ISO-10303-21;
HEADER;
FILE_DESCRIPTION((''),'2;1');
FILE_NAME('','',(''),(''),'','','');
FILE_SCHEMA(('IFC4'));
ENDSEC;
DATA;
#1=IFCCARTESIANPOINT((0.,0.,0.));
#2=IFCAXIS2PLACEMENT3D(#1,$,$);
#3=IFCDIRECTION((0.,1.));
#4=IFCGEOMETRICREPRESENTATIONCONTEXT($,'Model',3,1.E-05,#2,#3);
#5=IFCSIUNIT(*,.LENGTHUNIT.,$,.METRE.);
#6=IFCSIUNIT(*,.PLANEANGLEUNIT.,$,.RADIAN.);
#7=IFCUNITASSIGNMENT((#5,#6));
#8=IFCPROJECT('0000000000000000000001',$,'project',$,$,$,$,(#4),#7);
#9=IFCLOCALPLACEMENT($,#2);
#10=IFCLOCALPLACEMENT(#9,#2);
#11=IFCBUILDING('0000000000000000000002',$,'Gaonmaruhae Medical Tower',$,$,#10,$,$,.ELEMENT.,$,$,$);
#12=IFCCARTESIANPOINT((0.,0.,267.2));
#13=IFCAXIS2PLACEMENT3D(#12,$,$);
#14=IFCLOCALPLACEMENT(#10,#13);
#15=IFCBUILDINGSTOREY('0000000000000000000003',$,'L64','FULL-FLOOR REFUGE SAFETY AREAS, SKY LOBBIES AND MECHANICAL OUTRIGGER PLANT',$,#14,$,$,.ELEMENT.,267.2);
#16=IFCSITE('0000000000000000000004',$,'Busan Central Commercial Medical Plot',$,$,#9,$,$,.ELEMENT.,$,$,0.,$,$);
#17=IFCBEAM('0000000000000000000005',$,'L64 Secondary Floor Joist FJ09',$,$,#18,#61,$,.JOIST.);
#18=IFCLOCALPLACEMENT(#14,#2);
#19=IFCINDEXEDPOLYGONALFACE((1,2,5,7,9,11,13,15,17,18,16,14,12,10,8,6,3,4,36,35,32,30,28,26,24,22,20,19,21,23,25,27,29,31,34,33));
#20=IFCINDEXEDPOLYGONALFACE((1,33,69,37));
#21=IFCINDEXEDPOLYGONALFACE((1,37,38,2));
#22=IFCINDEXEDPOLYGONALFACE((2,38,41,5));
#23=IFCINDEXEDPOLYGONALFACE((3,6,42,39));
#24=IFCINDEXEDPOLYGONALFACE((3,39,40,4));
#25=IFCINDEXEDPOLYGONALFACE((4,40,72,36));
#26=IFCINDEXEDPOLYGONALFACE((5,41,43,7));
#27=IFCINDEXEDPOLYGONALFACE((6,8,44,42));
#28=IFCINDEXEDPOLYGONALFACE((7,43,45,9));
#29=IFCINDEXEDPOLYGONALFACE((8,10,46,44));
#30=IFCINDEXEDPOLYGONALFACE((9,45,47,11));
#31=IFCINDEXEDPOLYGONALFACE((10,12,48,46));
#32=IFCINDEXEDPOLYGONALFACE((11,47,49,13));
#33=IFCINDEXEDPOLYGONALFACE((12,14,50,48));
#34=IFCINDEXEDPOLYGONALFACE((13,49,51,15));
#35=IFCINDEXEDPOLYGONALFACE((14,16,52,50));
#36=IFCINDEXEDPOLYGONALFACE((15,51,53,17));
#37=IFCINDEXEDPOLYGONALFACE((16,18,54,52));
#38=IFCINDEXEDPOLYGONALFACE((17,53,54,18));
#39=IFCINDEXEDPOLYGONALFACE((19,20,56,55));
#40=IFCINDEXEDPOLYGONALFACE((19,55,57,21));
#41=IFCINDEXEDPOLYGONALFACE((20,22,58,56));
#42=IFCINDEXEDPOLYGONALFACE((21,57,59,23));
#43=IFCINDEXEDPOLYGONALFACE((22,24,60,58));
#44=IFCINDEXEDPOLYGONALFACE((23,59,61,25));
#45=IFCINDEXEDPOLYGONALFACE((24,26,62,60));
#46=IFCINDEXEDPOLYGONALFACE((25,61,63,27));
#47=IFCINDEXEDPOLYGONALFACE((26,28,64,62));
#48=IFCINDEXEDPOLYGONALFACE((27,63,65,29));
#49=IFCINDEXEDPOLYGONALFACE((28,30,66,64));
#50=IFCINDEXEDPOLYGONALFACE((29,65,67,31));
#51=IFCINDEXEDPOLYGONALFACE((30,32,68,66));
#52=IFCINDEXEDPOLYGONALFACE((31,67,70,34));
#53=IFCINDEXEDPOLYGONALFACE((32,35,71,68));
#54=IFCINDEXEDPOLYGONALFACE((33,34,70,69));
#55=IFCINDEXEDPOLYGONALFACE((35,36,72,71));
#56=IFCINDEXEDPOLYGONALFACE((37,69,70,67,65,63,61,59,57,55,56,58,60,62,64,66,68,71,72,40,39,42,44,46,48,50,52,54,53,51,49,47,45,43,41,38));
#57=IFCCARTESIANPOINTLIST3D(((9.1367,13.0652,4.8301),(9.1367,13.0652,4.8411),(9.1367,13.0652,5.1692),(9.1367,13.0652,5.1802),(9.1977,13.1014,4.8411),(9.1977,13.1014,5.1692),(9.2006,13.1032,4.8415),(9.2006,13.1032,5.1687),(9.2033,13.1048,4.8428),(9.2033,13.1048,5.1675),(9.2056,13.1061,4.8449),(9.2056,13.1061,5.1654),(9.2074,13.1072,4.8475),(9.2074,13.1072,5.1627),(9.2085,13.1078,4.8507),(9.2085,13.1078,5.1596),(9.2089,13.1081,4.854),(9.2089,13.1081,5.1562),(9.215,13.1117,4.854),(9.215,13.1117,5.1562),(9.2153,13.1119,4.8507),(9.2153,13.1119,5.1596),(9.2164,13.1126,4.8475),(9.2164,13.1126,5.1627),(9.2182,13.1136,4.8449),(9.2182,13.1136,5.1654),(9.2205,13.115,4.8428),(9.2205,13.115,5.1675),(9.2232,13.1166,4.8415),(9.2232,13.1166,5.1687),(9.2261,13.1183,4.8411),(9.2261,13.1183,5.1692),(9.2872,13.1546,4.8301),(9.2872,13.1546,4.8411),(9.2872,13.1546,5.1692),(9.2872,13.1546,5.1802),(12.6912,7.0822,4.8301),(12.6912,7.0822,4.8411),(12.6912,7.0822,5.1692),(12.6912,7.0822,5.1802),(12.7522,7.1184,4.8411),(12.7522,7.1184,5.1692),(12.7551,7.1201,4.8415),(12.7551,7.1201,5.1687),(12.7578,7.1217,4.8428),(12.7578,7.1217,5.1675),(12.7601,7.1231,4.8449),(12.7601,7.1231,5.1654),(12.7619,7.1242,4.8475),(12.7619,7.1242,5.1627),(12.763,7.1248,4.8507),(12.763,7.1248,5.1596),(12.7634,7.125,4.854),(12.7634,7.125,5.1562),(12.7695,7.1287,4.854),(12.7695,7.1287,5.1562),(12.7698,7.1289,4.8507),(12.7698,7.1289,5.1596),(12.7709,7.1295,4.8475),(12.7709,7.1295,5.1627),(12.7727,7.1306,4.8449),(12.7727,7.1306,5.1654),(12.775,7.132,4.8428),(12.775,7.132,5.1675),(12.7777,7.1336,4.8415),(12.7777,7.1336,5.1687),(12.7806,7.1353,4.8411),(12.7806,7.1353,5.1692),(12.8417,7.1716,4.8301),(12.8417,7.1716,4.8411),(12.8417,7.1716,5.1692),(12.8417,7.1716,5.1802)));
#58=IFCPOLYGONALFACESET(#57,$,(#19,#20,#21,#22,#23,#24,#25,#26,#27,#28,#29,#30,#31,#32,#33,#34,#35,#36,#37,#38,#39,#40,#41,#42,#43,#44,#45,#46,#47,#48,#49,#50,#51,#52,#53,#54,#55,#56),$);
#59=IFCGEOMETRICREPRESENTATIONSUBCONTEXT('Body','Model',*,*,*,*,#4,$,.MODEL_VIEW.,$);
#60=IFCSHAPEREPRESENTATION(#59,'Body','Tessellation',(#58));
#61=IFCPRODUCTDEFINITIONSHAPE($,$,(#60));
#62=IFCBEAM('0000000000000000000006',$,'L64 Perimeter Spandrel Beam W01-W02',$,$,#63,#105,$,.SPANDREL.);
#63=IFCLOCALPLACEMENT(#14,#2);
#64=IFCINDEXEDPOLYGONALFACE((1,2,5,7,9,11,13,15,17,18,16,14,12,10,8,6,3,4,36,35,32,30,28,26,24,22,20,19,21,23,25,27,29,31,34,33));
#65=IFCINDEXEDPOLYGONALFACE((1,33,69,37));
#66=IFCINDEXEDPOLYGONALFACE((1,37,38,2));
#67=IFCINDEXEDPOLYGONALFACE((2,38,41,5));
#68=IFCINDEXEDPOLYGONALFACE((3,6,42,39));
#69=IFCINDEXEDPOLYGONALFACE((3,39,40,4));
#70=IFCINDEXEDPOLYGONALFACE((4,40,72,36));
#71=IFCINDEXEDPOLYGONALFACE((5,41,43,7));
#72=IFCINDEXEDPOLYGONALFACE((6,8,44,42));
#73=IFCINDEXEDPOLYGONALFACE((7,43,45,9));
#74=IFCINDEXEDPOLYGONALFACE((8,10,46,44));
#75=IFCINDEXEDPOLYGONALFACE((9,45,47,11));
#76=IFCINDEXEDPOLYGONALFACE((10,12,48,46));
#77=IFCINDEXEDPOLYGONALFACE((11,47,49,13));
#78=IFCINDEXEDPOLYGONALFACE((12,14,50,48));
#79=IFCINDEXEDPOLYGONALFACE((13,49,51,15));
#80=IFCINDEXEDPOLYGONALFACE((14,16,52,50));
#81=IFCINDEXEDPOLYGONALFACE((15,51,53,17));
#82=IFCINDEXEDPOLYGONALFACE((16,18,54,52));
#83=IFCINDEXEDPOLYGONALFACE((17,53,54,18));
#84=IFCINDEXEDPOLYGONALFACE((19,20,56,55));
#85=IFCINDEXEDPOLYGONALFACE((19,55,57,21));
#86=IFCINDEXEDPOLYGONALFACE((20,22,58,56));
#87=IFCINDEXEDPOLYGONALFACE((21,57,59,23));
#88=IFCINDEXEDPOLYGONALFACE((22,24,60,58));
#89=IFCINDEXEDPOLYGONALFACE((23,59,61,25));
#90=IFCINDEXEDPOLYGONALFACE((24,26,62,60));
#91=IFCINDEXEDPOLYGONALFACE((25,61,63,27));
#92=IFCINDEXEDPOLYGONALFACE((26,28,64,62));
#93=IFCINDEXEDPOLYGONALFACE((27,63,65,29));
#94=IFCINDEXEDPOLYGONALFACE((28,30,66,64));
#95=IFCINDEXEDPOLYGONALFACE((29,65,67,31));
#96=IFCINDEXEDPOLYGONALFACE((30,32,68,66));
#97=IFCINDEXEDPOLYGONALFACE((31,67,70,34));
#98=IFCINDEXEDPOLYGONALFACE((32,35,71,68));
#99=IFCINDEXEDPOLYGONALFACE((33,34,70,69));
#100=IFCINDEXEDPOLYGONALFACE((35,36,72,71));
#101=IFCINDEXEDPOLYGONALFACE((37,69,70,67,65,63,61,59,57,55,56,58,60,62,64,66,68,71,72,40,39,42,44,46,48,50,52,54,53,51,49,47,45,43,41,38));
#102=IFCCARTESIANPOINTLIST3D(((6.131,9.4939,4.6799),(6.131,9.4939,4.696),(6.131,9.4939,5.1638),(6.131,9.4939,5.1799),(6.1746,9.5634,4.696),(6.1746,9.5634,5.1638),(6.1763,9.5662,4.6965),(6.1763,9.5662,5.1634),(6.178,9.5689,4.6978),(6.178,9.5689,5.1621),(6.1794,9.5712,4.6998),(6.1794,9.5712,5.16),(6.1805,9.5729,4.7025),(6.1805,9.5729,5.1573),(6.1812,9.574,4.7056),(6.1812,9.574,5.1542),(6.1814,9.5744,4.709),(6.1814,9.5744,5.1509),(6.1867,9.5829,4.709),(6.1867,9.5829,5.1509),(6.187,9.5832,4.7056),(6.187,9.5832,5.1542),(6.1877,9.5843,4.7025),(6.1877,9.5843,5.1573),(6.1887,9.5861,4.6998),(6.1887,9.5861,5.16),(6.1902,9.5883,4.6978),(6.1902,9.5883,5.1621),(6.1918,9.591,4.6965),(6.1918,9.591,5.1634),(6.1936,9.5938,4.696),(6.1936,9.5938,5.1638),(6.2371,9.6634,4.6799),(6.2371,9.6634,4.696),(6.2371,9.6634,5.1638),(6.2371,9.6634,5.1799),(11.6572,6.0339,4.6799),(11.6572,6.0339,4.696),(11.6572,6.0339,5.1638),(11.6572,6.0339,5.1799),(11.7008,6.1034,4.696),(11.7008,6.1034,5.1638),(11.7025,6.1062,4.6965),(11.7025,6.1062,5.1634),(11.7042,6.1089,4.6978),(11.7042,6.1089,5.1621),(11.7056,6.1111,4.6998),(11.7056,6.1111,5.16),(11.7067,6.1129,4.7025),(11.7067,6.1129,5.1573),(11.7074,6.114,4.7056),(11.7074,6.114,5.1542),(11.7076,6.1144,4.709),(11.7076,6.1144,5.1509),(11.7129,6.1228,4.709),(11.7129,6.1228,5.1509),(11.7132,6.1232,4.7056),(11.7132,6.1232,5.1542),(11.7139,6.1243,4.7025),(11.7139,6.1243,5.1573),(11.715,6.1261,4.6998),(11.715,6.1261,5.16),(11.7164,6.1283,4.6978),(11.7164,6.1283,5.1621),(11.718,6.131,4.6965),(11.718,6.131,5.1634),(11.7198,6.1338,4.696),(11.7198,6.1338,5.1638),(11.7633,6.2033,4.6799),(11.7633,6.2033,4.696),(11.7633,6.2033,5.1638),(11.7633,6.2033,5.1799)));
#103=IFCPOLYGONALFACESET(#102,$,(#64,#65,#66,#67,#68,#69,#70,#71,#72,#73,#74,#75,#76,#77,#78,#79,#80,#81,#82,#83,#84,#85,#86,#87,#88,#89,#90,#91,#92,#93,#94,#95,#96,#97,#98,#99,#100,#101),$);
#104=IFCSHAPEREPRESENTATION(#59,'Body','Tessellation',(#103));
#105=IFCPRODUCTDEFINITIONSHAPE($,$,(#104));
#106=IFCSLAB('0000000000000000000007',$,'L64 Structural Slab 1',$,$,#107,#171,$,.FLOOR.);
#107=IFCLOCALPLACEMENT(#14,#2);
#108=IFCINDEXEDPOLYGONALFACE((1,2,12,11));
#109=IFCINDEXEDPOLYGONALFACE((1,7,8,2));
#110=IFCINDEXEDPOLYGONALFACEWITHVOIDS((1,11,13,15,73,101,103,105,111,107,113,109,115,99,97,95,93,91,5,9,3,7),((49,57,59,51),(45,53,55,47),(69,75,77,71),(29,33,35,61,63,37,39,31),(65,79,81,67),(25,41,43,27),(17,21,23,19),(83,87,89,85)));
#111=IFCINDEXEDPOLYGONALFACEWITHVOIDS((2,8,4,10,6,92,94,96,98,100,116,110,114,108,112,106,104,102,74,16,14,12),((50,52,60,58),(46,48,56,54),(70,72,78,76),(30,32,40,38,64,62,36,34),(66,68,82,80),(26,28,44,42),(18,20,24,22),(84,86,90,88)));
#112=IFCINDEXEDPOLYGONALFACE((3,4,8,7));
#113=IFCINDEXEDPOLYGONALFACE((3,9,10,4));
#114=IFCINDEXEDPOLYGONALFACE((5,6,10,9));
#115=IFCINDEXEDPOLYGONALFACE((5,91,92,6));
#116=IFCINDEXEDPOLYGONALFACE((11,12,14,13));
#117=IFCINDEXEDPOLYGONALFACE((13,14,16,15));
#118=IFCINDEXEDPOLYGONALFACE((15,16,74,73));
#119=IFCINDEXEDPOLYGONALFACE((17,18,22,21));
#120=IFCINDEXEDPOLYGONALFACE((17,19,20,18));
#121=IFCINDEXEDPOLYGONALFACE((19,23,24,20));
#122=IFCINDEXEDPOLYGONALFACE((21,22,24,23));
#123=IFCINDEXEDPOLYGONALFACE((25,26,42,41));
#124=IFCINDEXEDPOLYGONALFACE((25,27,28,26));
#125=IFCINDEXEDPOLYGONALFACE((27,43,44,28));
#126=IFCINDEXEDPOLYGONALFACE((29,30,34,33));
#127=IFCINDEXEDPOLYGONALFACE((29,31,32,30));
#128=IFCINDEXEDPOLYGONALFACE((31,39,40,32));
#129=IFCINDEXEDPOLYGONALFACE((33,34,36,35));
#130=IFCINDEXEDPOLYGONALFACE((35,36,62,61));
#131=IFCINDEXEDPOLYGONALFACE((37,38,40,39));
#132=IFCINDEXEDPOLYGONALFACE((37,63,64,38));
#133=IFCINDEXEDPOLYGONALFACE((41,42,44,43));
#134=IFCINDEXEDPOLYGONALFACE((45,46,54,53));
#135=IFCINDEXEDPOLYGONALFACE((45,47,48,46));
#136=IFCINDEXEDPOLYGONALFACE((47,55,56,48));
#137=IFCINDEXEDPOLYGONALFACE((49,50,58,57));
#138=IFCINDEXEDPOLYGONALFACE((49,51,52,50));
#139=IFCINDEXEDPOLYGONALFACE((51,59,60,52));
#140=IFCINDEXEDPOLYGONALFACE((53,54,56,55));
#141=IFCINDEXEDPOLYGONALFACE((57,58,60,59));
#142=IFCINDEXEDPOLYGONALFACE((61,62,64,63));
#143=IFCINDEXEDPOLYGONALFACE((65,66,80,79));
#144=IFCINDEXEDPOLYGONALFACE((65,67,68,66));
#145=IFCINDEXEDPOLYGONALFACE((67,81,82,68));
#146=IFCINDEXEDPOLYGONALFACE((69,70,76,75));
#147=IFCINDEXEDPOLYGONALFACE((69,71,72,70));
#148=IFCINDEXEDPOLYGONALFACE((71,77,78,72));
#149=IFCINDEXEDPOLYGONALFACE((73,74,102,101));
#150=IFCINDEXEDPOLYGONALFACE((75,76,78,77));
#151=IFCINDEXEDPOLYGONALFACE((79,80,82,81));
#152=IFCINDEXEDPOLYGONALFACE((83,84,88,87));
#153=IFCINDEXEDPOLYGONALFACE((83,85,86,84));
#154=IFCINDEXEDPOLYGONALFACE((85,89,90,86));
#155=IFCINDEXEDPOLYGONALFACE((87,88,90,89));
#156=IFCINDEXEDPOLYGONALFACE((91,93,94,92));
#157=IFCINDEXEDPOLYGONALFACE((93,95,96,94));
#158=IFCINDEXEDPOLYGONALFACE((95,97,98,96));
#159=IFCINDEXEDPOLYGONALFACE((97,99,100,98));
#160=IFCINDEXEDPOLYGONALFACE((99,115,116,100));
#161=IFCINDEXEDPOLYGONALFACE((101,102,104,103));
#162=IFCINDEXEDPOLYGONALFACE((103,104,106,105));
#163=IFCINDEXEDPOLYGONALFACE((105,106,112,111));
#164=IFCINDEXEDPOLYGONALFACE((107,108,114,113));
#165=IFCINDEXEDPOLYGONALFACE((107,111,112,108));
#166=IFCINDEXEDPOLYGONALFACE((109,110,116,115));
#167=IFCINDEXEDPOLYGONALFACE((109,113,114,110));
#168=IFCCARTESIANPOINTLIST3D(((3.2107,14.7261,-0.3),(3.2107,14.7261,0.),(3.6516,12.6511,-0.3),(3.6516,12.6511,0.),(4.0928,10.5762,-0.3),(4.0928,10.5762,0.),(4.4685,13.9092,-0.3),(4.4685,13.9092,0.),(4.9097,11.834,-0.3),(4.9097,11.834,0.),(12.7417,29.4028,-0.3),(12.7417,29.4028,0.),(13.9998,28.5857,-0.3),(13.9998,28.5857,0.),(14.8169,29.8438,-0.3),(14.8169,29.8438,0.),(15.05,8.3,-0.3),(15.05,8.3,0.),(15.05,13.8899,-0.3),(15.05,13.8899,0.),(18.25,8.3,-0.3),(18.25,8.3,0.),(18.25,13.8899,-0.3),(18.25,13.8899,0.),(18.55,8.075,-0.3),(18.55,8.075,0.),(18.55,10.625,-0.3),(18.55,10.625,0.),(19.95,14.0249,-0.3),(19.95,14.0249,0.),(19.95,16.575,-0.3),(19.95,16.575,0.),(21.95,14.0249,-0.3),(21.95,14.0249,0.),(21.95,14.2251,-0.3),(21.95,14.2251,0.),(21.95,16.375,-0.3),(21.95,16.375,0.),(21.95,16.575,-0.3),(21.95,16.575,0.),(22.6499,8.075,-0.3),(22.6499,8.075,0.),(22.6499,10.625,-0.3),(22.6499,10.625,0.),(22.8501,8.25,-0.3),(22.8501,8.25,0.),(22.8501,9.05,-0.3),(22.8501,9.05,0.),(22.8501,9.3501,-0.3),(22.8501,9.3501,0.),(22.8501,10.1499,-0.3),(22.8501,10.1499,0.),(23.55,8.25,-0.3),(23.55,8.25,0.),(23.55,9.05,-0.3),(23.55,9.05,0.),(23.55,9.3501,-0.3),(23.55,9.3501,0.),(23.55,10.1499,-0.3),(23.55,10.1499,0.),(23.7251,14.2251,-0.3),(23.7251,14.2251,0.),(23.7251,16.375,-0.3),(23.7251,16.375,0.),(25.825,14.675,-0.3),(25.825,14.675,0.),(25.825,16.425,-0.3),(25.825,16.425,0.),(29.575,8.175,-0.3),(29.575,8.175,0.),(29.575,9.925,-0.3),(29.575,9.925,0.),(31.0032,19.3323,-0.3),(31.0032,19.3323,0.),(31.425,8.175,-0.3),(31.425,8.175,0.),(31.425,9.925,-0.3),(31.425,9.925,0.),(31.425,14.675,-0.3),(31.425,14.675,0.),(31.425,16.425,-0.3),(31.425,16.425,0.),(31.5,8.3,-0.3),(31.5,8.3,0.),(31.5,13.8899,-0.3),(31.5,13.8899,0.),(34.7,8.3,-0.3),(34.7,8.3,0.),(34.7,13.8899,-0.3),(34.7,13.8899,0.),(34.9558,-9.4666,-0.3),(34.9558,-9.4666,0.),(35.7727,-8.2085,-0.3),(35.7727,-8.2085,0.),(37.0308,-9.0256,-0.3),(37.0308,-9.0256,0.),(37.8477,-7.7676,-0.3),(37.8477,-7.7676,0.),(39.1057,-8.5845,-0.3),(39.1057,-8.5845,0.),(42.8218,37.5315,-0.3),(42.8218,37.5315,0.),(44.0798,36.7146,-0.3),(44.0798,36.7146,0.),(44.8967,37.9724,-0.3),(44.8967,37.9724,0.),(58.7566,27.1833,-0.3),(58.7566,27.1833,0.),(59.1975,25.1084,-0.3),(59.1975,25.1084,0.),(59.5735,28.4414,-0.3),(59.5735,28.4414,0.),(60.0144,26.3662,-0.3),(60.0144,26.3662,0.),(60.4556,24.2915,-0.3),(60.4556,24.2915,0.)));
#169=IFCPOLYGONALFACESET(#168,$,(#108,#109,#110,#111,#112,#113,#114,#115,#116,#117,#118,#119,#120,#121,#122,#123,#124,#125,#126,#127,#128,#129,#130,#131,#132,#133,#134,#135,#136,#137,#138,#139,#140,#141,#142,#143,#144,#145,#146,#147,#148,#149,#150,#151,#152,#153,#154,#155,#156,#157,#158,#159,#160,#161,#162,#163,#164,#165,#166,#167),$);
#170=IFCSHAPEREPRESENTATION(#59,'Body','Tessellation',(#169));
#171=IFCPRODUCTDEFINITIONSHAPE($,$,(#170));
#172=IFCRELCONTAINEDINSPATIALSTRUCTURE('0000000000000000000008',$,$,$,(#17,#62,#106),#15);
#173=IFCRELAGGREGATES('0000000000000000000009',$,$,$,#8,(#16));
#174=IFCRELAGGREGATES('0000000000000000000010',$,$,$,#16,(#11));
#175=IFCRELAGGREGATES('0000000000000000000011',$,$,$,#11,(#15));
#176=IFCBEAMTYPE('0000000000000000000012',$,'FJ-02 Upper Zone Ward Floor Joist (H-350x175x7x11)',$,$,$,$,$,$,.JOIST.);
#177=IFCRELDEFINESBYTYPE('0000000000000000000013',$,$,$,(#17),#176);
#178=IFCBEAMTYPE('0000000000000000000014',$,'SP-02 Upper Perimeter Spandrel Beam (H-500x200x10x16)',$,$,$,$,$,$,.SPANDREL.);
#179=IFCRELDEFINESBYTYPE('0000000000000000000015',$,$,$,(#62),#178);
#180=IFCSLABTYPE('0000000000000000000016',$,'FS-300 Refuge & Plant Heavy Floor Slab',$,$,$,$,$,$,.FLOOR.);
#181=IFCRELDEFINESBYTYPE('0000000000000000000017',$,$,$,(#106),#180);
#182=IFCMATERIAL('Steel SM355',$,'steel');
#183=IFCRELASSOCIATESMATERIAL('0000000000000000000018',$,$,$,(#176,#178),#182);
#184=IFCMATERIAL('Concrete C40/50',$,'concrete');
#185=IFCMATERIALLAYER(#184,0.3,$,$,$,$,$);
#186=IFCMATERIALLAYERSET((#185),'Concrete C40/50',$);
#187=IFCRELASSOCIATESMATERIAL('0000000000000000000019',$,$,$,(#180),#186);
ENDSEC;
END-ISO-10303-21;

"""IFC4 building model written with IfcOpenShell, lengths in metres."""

from ifc_helpers import new_model, si_unit, direction, frame, origin, origin_2d, place, context, subcontext, project, spatial, polyline, i_section, outline, extrude, material, layer, layer_set, material_profile, profile_set, type_object, element, save


model = new_model("IFC4")

# Units and contexts
model_context = context("Model", 3, precision=1e-05, world=origin(), true_north=direction((0.0, 1.0)))
body_context = subcontext(model_context, "Body", "Model", "MODEL_VIEW")
ifc_project = project(units=[si_unit("LENGTHUNIT", "METRE"), si_unit("PLANEANGLEUNIT", "RADIAN")], contexts=[model_context])

# Site, building, storey
site_placement = place(None, origin())
site = spatial("IfcSite", under=ifc_project, at=site_placement, Name="Busan Central Commercial Medical Plot", CompositionType="ELEMENT", RefElevation=0.0)
building_placement = place(site_placement, origin())
building = spatial("IfcBuilding", under=site, at=building_placement, Name="Gaonmaruhae Medical Tower", CompositionType="ELEMENT")
storey_placement = place(building_placement, frame((0.0, 0.0, 267.2)))
storey = spatial("IfcBuildingStorey", under=building, at=storey_placement, Name="L64", Description="FULL-FLOOR REFUGE SAFETY AREAS, SKY LOBBIES AND MECHANICAL OUTRIGGER PLANT", CompositionType="ELEMENT", Elevation=267.2)

# Beams
ifc_material_1 = material(Name="Steel SM355", Category="steel")
ifc_material_profile_1 = material_profile(ifc_material_1, i_section(OverallWidth=0.175, OverallDepth=0.3501, WebThickness=0.0071, FlangeThickness=0.011, FilletRadius=0.0129, at=origin_2d()), Name="H-350x175x7x11")
ifc_profile_set_1 = profile_set([ifc_material_profile_1], Name="Steel SM355")
beam_type_1 = type_object("IfcBeamType", Name="FJ-02 Upper Zone Ward Floor Joist (H-350x175x7x11)", PredefinedType="JOIST", material=ifc_profile_set_1)
beam_1_placement = place(storey_placement, frame((9.2119, 13.1099, 5.0051), z_axis=(0.510761, -0.859723, 0.0), x_axis=(0.859723, 0.510761, 0.0)))
element("IfcBeam", 1, at=beam_1_placement, inside=storey, type_object=beam_type_1, Name="L64 Secondary Floor Joist FJ09", PredefinedType="JOIST", context=body_context, shape_type="SweptSolid", body=[
    extrude(i_section(OverallWidth=0.175, OverallDepth=0.3501, WebThickness=0.0071, FlangeThickness=0.011, FilletRadius=0.0129, at=origin_2d()), origin(), (0.0, 0.0, 1.0), 6.9592),
])
ifc_material_profile_2 = material_profile(ifc_material_1, i_section(OverallWidth=0.2, OverallDepth=0.5, WebThickness=0.01, FlangeThickness=0.0161, FilletRadius=0.0129, at=origin_2d()), Name="H-500x200x10x16")
ifc_profile_set_2 = profile_set([ifc_material_profile_2], Name="Steel SM355")
beam_type_2 = type_object("IfcBeamType", Name="SP-02 Upper Perimeter Spandrel Beam (H-500x200x10x16)", PredefinedType="SPANDREL", material=ifc_profile_set_2)
beam_2_placement = place(storey_placement, frame((6.1841, 9.5786, 4.9299), z_axis=(0.847575, -0.530675, 0.0), x_axis=(0.530675, 0.847575, 0.0)))
element("IfcBeam", 2, at=beam_2_placement, inside=storey, type_object=beam_type_2, Name="L64 Perimeter Spandrel Beam W01-W02", PredefinedType="SPANDREL", context=body_context, shape_type="SweptSolid", body=[
    extrude(i_section(OverallWidth=0.2, OverallDepth=0.5, WebThickness=0.01, FlangeThickness=0.0161, FilletRadius=0.0129, at=origin_2d()), origin(), (0.0, 0.0, 1.0), 6.52),
])

# Slab
ifc_material_2 = material(Name="Concrete C40/50", Category="concrete")
ifc_layer_1 = layer(ifc_material_2, 0.3)
ifc_layer_set_1 = layer_set([ifc_layer_1], Name="Concrete C40/50")
slab_type_1 = type_object("IfcSlabType", Name="FS-300 Refuge & Plant Heavy Floor Slab", PredefinedType="FLOOR", material=ifc_layer_set_1)
slab_1_placement = place(storey_placement, frame((0.0, 0.0, -0.3)))
element("IfcSlab", 3, at=slab_1_placement, inside=storey, type_object=slab_type_1, Name="L64 Structural Slab 1", PredefinedType="FLOOR", context=body_context, shape_type="SweptSolid", body=[
    extrude(outline(polyline([(39.1057, -8.5845), (60.4556, 24.2915), (59.1975, 25.1084), (60.0144, 26.3662), (58.7566, 27.1833), (59.5735, 28.4414), (44.8967, 37.9724), (44.0798, 36.7146), (42.8218, 37.5315), (31.0032, 19.3323), (14.8169, 29.8438), (13.9998, 28.5857), (12.7417, 29.4028), (3.2107, 14.7261), (4.4685, 13.9092), (3.6516, 12.6511), (4.9097, 11.834), (4.0928, 10.5762), (34.9558, -9.4666), (35.7727, -8.2085), (37.0308, -9.0256), (37.8477, -7.7676), (39.1057, -8.5845)]), holes=[polyline([(23.55, 8.25), (22.8501, 8.25), (22.8501, 9.05), (23.55, 9.05), (23.55, 8.25)]), polyline([(31.425, 9.925), (31.425, 8.175), (29.575, 8.175), (29.575, 9.925), (31.425, 9.925)]), polyline([(22.6499, 10.625), (22.6499, 8.075), (18.55, 8.075), (18.55, 10.625), (22.6499, 10.625)]), polyline([(23.55, 9.3501), (22.8501, 9.3501), (22.8501, 10.1499), (23.55, 10.1499), (23.55, 9.3501)]), polyline([(15.05, 13.8899), (18.25, 13.8899), (18.25, 8.3), (15.05, 8.3), (15.05, 13.8899)]), polyline([(31.5, 13.8899), (34.7, 13.8899), (34.7, 8.3), (31.5, 8.3), (31.5, 13.8899)]), polyline([(21.95, 14.2251), (21.95, 14.0249), (19.95, 14.0249), (19.95, 16.575), (21.95, 16.575), (21.95, 16.375), (23.7251, 16.375), (23.7251, 14.2251), (21.95, 14.2251)]), polyline([(31.425, 16.425), (31.425, 14.675), (25.825, 14.675), (25.825, 16.425), (31.425, 16.425)])]), origin(), (0.0, 0.0, 1.0), 0.3),
])

save(model, "model.ifc")
